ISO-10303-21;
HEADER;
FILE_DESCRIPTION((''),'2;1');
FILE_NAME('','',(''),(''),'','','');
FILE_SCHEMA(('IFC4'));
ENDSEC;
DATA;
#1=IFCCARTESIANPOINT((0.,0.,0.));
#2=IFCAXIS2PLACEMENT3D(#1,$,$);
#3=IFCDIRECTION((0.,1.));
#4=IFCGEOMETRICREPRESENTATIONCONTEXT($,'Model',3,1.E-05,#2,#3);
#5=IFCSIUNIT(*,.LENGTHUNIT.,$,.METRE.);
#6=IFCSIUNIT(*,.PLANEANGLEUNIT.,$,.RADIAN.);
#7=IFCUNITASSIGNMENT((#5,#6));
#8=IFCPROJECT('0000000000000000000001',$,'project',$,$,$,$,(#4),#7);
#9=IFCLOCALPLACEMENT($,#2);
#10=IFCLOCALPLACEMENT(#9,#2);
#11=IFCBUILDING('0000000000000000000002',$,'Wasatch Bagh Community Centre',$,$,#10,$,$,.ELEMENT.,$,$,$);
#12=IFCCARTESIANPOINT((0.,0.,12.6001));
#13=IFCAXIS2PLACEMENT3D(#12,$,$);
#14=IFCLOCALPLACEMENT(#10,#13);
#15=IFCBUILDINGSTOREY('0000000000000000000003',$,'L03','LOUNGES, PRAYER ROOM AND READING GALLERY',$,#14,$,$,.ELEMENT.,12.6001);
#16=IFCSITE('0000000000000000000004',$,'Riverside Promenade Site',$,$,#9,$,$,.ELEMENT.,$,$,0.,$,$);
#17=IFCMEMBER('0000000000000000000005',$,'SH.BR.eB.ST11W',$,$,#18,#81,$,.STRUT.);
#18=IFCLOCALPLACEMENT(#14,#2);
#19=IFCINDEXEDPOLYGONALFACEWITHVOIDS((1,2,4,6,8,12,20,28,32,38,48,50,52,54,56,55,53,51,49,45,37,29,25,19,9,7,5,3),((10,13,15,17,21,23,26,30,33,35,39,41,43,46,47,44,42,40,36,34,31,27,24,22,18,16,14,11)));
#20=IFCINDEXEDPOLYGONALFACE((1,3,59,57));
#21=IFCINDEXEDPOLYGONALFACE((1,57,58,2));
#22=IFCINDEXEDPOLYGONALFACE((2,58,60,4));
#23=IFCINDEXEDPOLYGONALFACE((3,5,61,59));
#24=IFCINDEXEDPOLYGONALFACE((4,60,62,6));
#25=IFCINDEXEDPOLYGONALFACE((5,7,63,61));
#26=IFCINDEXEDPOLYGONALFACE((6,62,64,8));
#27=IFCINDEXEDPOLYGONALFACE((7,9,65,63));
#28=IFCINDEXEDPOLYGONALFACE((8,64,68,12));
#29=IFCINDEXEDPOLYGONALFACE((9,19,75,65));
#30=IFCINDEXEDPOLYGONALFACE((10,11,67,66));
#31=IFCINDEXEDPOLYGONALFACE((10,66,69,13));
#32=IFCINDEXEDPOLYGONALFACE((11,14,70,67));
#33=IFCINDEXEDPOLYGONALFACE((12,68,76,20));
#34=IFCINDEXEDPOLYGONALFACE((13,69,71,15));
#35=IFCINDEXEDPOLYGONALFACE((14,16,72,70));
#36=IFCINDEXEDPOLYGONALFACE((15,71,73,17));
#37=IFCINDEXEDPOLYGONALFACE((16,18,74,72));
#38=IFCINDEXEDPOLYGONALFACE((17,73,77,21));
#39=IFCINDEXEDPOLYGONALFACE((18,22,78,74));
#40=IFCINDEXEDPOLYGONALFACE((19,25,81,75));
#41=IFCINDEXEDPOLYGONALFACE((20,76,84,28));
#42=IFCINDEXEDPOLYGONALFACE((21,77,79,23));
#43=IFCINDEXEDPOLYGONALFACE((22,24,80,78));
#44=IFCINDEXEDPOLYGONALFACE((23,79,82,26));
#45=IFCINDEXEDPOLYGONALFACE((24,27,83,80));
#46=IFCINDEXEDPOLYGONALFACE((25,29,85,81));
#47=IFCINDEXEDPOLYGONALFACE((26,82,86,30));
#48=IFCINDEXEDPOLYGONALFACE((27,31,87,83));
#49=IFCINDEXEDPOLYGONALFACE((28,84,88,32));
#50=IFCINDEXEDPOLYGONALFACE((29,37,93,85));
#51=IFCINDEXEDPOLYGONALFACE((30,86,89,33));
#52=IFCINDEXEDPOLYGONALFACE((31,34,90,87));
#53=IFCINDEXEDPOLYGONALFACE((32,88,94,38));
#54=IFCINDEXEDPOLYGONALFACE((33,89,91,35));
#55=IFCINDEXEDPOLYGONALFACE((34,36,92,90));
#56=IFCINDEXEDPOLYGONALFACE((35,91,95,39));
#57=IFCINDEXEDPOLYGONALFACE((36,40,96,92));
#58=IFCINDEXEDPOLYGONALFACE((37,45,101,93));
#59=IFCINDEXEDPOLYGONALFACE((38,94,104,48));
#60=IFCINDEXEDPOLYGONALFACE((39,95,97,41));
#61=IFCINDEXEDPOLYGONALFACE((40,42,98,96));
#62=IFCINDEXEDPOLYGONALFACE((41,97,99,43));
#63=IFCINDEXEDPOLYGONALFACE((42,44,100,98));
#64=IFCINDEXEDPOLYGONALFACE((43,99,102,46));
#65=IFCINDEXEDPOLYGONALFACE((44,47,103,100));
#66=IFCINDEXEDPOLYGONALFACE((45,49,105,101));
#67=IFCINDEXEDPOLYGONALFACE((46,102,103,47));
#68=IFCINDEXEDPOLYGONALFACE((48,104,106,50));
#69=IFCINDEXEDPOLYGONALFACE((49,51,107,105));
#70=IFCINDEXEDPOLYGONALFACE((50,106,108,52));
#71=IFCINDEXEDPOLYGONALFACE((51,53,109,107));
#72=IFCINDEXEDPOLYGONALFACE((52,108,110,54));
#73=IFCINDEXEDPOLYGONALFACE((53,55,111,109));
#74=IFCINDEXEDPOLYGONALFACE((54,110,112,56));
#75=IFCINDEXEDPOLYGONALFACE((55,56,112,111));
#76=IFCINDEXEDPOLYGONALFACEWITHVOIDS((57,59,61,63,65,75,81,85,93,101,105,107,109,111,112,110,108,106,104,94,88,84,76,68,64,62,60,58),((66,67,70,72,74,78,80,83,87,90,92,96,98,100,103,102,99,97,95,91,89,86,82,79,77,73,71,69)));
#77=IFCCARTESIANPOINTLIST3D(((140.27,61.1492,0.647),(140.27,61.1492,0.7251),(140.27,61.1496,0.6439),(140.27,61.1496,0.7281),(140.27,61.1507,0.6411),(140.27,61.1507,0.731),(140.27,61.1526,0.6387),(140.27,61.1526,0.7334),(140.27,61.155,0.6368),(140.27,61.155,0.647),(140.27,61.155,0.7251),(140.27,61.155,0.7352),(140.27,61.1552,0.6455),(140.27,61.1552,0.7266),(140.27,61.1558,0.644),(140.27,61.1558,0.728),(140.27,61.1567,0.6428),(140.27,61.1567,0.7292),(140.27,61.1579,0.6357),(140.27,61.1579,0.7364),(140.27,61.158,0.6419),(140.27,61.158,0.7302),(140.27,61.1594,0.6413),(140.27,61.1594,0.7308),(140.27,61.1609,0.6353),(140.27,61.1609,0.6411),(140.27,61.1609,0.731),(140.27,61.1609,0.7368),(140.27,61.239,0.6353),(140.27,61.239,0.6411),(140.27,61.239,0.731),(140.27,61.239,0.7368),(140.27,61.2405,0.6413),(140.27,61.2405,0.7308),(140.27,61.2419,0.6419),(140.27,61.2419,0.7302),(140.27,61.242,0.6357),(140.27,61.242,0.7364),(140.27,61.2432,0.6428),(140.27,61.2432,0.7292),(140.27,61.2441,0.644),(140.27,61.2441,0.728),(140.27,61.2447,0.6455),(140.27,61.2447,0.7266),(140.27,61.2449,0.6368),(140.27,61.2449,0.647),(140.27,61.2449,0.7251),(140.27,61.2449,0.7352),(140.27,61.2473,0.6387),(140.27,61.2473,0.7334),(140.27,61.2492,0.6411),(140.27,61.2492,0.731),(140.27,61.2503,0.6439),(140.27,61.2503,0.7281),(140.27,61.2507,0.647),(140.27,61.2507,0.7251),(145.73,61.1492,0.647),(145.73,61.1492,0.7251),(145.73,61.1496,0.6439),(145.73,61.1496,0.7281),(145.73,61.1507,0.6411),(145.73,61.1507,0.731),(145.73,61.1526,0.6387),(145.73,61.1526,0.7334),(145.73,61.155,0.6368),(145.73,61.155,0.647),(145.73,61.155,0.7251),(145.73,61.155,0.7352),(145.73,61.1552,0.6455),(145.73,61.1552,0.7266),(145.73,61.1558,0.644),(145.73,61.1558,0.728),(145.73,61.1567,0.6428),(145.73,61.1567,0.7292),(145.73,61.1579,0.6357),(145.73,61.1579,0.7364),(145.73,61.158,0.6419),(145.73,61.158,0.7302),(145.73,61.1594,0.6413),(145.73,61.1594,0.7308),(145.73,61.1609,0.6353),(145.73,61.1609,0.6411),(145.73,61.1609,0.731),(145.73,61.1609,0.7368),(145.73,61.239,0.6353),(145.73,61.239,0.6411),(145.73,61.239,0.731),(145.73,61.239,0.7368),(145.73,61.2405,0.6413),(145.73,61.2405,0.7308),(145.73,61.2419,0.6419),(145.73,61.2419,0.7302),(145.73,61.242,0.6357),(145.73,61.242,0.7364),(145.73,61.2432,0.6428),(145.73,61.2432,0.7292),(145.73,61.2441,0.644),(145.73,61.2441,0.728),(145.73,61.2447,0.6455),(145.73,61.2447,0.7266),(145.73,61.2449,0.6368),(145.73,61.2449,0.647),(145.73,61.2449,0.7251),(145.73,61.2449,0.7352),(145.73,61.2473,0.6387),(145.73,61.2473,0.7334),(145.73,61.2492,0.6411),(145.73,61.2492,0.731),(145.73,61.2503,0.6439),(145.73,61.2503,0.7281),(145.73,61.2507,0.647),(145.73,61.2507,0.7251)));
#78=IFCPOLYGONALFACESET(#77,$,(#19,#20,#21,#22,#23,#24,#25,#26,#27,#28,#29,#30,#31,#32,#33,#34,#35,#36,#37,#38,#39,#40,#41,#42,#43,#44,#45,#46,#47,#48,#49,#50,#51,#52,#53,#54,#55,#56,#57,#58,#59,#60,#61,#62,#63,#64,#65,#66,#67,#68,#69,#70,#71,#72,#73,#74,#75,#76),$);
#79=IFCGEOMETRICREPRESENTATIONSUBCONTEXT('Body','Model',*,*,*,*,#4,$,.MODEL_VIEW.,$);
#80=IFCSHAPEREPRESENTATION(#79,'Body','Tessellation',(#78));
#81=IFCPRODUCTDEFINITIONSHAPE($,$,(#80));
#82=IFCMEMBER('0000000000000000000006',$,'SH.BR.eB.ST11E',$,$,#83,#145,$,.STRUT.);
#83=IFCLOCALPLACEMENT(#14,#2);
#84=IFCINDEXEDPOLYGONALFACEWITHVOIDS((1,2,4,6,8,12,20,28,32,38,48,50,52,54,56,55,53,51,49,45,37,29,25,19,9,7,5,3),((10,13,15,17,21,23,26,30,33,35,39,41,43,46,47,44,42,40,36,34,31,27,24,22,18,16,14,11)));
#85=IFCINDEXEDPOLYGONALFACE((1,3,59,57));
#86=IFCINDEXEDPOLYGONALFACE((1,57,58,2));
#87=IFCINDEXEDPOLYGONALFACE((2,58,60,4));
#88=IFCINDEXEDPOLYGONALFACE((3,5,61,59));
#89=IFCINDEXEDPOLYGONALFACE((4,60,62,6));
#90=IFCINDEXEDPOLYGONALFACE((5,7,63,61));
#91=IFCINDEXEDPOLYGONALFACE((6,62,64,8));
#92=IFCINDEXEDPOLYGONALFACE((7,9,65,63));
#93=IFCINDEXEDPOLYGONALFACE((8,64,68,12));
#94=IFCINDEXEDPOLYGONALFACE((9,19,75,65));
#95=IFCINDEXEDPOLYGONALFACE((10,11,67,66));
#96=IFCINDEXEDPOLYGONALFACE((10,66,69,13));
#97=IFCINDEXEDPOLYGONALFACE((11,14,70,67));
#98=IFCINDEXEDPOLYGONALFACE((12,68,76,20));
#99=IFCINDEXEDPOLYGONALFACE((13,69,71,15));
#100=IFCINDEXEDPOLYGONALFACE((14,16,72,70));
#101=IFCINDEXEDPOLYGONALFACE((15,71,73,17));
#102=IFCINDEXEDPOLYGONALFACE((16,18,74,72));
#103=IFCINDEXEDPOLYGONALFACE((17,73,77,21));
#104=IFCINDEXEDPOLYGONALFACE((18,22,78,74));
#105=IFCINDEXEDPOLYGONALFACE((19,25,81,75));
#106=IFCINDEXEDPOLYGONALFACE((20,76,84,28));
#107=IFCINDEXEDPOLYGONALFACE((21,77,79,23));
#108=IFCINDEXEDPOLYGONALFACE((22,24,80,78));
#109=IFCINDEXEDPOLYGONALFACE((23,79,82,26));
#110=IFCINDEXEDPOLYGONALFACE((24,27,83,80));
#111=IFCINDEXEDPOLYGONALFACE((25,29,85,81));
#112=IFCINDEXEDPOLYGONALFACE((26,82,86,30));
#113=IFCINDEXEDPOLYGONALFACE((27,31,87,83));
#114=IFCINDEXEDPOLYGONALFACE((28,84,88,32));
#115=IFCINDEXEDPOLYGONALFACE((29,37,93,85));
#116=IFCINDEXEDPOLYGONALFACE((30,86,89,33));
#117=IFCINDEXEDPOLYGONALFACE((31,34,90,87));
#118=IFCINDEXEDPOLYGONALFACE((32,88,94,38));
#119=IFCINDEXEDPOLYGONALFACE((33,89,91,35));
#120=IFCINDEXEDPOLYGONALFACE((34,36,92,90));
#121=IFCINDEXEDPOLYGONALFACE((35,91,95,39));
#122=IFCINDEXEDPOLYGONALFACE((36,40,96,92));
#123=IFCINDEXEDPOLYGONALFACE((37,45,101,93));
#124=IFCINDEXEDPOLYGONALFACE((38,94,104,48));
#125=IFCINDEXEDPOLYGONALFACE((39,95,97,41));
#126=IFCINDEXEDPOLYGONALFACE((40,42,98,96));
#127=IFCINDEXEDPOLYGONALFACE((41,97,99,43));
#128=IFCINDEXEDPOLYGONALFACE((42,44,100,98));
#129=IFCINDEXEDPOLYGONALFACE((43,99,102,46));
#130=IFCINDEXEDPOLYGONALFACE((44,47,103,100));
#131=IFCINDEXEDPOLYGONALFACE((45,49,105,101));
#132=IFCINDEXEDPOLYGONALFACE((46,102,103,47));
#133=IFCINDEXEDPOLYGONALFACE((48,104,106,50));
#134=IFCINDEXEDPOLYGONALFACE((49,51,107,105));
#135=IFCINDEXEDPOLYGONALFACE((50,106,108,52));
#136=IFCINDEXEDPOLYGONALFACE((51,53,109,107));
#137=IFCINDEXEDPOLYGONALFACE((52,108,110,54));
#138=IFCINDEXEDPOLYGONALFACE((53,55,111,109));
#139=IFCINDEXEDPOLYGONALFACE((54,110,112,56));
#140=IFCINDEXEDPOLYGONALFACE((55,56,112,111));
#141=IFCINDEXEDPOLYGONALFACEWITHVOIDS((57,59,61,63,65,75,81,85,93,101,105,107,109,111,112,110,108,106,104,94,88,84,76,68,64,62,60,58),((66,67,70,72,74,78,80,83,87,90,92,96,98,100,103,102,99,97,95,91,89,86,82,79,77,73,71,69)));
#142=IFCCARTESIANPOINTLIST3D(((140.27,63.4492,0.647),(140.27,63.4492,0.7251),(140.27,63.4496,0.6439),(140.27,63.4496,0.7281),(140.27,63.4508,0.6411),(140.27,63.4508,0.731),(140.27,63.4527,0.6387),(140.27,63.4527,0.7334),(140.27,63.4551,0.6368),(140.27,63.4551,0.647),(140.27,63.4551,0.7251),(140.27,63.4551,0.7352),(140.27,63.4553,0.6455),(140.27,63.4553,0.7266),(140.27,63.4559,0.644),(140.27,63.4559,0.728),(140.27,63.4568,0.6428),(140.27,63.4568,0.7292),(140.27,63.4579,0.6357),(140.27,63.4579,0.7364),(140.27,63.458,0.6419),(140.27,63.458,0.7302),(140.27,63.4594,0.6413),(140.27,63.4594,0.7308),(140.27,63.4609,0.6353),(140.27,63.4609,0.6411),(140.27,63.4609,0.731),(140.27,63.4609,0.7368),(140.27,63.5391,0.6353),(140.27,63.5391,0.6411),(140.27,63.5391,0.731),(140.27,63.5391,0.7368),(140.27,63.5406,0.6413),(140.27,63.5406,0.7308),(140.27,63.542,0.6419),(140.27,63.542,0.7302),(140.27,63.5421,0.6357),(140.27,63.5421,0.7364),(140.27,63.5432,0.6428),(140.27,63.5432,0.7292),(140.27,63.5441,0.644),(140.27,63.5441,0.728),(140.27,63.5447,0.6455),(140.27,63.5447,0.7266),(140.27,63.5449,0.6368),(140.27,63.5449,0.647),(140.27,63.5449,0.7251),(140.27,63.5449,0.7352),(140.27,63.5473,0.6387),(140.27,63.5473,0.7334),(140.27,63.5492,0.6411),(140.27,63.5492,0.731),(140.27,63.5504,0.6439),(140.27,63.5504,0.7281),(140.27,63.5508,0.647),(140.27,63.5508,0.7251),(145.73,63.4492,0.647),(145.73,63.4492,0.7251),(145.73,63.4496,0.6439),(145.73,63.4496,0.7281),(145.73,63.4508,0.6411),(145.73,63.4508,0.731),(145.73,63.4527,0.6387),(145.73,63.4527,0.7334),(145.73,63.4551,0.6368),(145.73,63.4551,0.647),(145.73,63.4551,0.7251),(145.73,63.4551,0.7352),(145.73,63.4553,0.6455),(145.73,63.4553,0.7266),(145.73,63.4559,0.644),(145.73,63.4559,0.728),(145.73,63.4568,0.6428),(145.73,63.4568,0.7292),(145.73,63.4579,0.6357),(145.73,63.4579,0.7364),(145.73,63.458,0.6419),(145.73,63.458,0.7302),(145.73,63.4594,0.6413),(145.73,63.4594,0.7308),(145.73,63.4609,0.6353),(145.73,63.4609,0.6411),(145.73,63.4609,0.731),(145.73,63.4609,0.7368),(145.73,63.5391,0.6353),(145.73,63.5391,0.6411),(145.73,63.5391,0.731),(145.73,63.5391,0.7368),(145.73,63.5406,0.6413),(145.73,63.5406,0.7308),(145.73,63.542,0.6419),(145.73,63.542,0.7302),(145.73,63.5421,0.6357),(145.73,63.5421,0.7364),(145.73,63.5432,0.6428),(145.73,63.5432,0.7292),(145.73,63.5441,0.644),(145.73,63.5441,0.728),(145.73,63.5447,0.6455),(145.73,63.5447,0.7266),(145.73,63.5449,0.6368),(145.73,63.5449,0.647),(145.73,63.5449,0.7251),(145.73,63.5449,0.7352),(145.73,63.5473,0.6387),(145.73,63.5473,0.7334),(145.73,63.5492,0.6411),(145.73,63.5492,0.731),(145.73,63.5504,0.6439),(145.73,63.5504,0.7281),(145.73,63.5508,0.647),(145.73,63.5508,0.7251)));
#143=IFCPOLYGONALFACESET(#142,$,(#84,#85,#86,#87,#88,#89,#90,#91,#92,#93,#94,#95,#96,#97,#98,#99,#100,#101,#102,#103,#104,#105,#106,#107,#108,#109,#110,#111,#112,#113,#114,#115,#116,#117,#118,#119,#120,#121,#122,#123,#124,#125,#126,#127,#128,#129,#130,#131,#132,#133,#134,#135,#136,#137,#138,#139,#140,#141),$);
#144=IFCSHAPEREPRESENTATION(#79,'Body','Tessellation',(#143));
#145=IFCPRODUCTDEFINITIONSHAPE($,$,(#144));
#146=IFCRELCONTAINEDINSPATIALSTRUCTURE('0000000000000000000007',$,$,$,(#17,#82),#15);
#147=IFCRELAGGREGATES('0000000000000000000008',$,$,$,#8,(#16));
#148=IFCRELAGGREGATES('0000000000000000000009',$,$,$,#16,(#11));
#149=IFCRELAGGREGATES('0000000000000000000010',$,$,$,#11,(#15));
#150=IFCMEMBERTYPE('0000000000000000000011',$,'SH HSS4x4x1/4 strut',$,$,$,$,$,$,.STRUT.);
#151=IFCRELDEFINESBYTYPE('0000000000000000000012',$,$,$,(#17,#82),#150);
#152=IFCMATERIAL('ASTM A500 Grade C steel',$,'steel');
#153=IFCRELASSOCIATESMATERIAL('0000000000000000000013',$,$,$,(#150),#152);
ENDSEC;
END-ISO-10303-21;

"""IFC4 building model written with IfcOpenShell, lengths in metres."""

from ifc_helpers import new_model, si_unit, direction, frame, origin, origin_2d, place, context, subcontext, project, spatial, hollow_rectangle, extrude, material, material_profile, profile_set, type_object, element, save


model = new_model("IFC4")

# Units and contexts
model_context = context("Model", 3, precision=1e-05, world=origin(), true_north=direction((0.0, 1.0)))
body_context = subcontext(model_context, "Body", "Model", "MODEL_VIEW")
ifc_project = project(units=[si_unit("LENGTHUNIT", "METRE"), si_unit("PLANEANGLEUNIT", "RADIAN")], contexts=[model_context])

# Site, building, storey
site_placement = place(None, origin())
site = spatial("IfcSite", under=ifc_project, at=site_placement, Name="Riverside Promenade Site", CompositionType="ELEMENT", RefElevation=0.0)
building_placement = place(site_placement, origin())
building = spatial("IfcBuilding", under=site, at=building_placement, Name="Wasatch Bagh Community Centre", CompositionType="ELEMENT")
storey_placement = place(building_placement, frame((0.0, 0.0, 12.6001)))
storey = spatial("IfcBuildingStorey", under=building, at=storey_placement, Name="L03", Description="LOUNGES, PRAYER ROOM AND READING GALLERY", CompositionType="ELEMENT", Elevation=12.6001)

# Members
ifc_material_1 = material(Name="ASTM A500 Grade C steel", Category="steel")
ifc_material_profile_1 = material_profile(ifc_material_1, hollow_rectangle(XDim=0.1016, YDim=0.1016, WallThickness=0.0059, InnerFilletRadius=0.0059, OuterFilletRadius=0.0117, at=origin_2d()), Name="HSS4x4x1/4")
ifc_profile_set_1 = profile_set([ifc_material_profile_1], Name="ASTM A500 Grade C steel")
member_type_1 = type_object("IfcMemberType", Name="SH HSS4x4x1/4 strut", PredefinedType="STRUT", material=ifc_profile_set_1)
for number, where, z_axis, x_axis, name in (
    (1, (140.27, 61.2, 0.686), (1.0, 0.0, 0.0), (0.0, 1.0, 0.0), "SH.BR.eB.ST11W"),
    (2, (140.27, 63.5, 0.686), (1.0, 0.0, 0.0), (0.0, 1.0, 0.0), "SH.BR.eB.ST11E"),
):
    element("IfcMember", number, at=place(storey_placement, frame(where, z_axis=z_axis, x_axis=x_axis)), inside=storey, type_object=member_type_1, Name=name, PredefinedType="STRUT", context=body_context, shape_type="SweptSolid", body=[
        extrude(hollow_rectangle(XDim=0.1016, YDim=0.1016, WallThickness=0.0059, InnerFilletRadius=0.0059, OuterFilletRadius=0.0117, at=origin_2d()), origin(), (0.0, 0.0, 1.0), 5.46),
    ])

save(model, "model.ifc")
